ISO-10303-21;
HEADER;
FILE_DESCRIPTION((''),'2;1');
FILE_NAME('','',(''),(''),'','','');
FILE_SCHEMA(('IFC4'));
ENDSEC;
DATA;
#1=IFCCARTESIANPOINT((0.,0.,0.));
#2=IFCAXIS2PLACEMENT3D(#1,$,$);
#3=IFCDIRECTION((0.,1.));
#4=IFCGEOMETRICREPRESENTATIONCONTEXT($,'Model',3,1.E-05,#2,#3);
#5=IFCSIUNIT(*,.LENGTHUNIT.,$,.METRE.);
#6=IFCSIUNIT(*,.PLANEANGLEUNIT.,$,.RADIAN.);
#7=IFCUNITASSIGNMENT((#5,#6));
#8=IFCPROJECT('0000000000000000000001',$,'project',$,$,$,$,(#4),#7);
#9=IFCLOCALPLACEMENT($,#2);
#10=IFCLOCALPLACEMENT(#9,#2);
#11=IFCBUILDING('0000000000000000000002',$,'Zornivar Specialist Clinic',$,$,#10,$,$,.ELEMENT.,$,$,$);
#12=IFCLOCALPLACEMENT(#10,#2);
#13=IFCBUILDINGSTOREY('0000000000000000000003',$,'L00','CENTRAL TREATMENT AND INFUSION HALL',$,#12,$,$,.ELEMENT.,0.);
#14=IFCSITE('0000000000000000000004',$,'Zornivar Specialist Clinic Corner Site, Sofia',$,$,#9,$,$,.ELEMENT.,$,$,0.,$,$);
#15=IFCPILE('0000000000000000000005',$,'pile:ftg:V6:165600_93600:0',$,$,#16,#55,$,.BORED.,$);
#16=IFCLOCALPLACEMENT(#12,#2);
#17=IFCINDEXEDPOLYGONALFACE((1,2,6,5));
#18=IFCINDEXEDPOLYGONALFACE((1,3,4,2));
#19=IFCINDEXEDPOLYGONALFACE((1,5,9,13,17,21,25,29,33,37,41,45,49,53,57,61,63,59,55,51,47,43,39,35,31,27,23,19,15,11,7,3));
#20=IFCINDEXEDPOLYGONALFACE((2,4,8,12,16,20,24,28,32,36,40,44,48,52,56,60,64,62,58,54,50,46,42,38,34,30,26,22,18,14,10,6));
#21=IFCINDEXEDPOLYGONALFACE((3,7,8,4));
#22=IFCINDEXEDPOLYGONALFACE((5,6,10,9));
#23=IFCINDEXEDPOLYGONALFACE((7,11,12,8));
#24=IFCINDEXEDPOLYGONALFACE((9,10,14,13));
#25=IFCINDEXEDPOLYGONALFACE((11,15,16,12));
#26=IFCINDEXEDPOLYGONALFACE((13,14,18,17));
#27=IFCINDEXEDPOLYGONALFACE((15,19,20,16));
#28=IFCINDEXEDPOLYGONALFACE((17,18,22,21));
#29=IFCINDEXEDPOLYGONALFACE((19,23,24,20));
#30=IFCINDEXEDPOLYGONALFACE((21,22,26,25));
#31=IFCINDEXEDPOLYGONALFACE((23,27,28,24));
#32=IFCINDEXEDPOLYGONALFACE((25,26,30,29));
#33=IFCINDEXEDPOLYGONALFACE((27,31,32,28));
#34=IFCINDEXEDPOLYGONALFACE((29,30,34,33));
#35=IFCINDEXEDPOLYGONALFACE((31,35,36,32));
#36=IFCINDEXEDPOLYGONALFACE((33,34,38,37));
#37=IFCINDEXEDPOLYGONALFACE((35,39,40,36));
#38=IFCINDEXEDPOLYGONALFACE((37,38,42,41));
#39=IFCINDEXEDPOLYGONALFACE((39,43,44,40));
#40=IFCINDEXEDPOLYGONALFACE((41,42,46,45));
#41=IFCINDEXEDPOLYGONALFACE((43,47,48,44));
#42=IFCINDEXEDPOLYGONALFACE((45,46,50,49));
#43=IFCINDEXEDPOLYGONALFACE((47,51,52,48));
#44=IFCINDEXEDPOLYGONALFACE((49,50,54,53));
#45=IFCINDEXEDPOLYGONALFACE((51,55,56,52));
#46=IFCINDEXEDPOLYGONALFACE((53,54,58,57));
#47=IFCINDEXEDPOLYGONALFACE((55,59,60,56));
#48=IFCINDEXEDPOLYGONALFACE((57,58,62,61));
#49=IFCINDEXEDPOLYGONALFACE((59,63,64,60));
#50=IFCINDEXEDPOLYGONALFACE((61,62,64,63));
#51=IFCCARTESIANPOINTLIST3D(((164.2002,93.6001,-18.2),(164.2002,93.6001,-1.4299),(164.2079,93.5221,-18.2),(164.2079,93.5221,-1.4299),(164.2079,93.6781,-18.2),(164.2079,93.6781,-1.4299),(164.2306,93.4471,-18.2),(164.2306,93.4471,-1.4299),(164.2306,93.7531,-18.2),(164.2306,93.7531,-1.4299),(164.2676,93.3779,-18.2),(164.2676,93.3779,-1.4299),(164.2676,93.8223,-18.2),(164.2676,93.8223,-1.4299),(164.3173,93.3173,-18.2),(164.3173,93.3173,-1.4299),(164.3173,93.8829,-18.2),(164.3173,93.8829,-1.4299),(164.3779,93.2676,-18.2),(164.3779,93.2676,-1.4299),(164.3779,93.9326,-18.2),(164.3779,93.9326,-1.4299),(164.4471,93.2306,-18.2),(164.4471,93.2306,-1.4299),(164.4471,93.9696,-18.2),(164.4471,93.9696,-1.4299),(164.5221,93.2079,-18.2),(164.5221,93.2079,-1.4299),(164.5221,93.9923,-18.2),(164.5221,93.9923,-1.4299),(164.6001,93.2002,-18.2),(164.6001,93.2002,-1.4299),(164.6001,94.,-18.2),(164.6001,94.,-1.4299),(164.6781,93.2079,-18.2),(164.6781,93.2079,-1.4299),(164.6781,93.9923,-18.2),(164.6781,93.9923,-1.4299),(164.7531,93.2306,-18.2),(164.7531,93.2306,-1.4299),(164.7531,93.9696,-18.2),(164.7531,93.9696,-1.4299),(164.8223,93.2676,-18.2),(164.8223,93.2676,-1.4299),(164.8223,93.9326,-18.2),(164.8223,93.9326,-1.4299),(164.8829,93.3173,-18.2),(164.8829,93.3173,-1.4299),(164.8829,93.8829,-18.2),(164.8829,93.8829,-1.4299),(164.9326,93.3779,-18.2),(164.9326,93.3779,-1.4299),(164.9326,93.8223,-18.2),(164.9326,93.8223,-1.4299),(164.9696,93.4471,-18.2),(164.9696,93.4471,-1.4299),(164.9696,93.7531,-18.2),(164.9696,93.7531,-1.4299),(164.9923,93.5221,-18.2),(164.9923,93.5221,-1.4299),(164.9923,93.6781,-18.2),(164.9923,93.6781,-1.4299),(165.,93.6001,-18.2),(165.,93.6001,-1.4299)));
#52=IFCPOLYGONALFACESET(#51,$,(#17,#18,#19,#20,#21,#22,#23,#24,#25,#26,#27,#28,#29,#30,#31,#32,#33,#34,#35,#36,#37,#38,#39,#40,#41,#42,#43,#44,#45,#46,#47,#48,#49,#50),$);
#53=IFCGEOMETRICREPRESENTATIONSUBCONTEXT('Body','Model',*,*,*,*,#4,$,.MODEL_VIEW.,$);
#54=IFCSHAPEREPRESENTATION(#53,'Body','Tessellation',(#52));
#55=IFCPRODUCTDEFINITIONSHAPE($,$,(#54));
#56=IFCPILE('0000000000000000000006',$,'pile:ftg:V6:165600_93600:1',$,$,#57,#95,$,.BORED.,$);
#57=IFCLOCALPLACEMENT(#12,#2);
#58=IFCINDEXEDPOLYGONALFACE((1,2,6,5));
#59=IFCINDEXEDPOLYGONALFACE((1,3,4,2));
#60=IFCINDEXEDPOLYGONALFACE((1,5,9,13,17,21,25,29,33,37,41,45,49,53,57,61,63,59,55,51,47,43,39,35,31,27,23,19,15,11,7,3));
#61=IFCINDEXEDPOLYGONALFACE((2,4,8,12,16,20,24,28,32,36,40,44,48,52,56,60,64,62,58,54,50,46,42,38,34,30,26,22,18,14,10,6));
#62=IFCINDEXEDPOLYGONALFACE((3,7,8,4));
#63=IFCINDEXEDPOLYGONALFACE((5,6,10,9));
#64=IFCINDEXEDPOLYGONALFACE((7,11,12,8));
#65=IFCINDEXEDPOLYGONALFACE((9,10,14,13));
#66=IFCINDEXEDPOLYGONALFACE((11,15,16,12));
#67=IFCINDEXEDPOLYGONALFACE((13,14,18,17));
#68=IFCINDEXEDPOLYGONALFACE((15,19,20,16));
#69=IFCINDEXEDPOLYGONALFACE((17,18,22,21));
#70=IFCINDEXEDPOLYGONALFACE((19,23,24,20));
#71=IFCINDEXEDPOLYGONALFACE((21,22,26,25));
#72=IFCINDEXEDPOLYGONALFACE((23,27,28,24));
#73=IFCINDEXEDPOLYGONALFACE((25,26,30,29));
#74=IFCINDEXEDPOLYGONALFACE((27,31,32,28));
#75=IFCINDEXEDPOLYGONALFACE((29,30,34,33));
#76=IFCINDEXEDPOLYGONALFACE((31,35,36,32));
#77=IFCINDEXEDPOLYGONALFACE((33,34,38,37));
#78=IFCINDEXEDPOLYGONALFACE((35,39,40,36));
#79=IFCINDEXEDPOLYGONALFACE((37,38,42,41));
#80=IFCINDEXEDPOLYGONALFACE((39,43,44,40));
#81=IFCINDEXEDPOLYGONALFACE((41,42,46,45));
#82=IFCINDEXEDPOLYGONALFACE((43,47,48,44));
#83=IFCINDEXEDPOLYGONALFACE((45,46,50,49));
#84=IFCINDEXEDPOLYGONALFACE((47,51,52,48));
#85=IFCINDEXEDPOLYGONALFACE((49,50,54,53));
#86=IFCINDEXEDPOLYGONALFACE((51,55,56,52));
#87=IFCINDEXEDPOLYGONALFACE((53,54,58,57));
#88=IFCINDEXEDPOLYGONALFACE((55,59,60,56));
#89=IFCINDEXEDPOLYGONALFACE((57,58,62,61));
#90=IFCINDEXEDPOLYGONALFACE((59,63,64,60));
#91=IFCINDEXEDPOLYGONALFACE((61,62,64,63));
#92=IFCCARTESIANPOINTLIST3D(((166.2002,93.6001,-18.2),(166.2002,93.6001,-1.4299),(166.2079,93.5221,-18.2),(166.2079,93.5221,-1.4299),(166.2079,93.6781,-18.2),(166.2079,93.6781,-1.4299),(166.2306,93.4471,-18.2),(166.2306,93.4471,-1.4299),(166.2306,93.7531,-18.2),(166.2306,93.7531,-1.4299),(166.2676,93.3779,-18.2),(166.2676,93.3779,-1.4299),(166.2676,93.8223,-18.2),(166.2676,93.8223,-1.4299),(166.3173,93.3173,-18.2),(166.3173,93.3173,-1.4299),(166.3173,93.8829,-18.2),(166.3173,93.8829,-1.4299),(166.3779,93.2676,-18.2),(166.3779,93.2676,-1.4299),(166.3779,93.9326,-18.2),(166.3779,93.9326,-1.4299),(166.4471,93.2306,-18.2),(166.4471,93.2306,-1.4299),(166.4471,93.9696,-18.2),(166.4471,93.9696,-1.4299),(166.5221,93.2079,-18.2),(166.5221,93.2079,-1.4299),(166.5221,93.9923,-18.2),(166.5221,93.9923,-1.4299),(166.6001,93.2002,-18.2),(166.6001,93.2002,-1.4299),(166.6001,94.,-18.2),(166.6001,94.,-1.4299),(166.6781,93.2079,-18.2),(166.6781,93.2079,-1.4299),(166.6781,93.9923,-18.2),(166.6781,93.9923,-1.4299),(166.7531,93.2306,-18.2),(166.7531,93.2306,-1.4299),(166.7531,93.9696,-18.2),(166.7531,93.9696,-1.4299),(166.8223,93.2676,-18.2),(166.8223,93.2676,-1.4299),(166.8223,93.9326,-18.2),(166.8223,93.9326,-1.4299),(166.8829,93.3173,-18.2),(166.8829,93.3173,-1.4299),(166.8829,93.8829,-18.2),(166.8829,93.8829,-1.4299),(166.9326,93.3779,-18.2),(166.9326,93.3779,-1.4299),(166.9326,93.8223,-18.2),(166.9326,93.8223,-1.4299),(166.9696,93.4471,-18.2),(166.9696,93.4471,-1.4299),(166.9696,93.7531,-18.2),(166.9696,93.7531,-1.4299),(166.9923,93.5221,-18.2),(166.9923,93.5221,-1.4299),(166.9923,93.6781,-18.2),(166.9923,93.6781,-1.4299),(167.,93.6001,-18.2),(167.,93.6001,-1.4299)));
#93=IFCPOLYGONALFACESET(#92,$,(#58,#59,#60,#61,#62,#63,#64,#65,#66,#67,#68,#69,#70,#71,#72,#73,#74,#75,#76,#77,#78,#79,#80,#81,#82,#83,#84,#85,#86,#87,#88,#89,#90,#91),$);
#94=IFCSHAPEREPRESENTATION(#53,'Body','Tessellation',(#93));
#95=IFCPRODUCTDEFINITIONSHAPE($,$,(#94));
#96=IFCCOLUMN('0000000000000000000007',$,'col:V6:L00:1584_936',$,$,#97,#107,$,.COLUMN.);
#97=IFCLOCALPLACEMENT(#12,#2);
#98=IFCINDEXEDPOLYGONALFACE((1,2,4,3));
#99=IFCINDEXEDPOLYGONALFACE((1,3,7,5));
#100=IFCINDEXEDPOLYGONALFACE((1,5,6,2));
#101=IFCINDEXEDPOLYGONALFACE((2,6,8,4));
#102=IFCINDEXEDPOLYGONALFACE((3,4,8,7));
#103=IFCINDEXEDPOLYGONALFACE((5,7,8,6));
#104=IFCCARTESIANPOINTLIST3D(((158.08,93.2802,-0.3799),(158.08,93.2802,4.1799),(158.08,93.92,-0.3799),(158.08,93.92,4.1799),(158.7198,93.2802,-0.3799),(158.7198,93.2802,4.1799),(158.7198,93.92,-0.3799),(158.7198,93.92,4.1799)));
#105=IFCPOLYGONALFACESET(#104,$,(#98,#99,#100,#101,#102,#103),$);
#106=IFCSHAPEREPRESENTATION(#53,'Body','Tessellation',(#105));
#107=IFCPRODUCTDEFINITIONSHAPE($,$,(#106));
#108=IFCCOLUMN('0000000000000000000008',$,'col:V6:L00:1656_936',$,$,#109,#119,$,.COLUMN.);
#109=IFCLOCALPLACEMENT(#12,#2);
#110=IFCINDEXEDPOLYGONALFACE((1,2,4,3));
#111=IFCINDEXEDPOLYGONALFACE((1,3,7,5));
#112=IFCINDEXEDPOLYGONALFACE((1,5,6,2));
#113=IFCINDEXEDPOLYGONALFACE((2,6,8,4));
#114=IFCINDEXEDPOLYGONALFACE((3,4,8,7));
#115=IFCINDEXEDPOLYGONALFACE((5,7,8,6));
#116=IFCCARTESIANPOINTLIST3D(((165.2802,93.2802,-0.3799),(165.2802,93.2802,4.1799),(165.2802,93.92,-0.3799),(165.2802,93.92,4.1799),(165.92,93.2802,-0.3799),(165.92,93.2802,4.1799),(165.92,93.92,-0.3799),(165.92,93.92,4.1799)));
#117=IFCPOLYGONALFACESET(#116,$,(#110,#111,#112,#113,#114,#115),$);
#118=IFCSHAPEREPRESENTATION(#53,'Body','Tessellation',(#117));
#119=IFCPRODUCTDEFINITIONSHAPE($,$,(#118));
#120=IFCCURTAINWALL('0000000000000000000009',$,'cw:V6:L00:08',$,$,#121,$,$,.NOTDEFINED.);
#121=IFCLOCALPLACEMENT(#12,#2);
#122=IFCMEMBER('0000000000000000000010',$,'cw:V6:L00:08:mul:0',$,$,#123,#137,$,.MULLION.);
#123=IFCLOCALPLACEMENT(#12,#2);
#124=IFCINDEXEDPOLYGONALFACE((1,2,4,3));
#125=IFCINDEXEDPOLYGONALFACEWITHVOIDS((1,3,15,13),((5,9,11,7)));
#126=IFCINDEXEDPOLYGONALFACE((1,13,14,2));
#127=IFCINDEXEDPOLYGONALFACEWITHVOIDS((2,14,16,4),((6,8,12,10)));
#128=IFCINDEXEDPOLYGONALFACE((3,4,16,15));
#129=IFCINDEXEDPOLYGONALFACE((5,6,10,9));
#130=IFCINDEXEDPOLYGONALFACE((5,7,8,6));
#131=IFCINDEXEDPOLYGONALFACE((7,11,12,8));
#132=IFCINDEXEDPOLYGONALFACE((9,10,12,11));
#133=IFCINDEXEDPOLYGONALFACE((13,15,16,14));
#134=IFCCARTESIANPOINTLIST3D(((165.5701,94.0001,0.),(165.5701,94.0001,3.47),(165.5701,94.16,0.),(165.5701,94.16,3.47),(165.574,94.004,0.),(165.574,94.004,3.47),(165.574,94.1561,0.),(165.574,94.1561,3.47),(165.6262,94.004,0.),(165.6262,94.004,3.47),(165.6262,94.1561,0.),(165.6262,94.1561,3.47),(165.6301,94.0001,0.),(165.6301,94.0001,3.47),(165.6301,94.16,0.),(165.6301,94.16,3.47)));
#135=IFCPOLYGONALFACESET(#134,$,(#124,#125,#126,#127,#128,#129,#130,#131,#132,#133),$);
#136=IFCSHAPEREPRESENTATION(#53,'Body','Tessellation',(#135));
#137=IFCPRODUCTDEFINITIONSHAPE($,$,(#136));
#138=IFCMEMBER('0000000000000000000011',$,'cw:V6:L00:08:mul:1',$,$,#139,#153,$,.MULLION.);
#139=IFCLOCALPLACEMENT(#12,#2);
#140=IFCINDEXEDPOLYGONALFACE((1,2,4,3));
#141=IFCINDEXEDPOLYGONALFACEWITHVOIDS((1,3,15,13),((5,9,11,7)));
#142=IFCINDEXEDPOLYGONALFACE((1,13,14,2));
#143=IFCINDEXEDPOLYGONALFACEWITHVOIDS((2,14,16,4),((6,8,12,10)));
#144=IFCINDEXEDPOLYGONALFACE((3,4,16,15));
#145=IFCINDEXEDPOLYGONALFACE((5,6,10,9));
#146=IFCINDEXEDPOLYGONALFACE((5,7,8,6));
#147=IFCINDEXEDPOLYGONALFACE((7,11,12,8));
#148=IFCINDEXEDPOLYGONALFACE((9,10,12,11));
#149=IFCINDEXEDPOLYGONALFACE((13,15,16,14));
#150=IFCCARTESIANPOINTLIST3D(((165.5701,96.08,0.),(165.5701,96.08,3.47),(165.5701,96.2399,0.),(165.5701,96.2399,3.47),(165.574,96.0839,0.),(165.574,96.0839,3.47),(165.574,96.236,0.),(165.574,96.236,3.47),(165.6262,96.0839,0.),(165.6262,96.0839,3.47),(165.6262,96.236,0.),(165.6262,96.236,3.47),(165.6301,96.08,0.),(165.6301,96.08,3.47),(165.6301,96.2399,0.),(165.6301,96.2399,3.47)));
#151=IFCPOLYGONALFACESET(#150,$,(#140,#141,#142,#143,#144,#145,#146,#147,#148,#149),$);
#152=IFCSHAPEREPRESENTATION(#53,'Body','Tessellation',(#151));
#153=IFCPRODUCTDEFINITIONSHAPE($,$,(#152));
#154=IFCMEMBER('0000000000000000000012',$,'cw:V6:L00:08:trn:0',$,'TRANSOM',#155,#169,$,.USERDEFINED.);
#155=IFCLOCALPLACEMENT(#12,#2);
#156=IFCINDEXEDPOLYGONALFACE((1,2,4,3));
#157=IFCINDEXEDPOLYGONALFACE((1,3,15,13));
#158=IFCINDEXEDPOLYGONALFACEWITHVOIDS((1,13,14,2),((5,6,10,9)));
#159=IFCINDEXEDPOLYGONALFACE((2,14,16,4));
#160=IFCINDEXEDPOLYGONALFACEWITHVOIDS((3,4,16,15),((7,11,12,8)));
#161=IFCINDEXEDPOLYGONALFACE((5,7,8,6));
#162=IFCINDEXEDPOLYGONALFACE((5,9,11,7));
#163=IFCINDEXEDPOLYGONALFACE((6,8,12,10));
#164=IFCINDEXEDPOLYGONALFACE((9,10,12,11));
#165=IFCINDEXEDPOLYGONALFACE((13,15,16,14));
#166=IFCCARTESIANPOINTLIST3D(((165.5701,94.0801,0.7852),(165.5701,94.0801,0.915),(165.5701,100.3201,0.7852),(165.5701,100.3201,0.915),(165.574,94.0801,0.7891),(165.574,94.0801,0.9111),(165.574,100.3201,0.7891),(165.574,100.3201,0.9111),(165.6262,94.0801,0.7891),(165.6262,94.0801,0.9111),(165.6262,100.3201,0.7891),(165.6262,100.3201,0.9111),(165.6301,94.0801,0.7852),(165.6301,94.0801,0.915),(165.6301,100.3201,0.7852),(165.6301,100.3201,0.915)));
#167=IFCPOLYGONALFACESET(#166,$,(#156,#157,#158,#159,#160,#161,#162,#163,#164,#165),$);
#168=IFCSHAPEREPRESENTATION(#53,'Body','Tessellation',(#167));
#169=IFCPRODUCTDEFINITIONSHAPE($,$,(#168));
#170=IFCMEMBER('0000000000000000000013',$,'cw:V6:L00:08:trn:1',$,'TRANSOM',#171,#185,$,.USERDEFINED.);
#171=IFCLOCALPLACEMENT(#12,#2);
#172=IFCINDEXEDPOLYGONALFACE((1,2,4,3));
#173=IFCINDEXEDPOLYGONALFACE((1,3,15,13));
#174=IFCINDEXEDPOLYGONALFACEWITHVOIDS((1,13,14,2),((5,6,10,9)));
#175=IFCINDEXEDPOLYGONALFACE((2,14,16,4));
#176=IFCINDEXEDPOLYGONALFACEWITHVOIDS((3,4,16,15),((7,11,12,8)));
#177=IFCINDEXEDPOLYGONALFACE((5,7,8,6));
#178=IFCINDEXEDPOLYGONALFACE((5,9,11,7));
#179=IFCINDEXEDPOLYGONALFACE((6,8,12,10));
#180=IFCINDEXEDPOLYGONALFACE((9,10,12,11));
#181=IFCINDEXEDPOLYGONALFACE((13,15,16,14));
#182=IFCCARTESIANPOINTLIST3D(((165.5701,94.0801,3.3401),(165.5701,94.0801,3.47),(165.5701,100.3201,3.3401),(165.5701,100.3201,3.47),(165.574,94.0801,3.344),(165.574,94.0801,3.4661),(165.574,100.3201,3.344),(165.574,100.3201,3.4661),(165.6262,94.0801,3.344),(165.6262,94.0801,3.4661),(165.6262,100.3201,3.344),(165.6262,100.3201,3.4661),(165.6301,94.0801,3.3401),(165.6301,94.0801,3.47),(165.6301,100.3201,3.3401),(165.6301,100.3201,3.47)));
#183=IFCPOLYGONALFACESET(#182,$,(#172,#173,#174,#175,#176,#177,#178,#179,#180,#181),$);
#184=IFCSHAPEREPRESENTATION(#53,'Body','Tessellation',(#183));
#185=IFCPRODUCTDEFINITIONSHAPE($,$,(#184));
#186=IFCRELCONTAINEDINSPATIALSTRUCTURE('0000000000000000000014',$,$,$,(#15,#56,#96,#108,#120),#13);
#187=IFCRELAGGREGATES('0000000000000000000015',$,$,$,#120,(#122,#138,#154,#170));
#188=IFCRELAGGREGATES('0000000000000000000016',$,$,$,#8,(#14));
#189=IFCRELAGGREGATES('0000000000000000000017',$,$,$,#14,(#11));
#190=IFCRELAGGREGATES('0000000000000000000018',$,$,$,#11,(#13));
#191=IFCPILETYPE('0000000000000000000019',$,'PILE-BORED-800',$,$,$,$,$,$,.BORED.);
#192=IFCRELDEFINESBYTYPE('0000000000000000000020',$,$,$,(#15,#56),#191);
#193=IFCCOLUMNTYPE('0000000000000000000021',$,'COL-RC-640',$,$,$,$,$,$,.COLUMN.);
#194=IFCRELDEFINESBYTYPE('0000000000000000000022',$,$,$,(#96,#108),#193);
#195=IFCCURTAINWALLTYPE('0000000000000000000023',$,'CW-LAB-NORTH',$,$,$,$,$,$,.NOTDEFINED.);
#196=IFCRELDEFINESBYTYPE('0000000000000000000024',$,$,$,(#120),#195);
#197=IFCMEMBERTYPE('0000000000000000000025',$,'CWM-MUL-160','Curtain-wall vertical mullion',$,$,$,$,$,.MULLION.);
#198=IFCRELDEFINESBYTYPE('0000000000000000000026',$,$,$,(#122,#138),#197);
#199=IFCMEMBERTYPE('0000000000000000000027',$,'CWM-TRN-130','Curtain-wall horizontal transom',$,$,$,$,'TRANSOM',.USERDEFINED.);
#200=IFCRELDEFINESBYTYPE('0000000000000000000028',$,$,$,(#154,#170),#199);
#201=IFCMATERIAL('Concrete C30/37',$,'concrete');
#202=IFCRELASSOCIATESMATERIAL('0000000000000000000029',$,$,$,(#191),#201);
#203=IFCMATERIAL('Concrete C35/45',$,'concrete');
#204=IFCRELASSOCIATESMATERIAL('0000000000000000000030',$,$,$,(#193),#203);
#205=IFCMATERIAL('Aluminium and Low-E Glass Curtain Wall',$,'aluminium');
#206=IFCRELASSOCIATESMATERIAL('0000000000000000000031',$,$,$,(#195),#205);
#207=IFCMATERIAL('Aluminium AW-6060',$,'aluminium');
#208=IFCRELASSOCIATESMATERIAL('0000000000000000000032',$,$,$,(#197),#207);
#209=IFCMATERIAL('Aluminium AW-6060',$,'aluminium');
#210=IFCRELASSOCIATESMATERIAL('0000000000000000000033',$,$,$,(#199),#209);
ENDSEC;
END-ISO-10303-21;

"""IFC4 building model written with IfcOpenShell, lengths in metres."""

from ifc_helpers import new_model, si_unit, direction, frame, origin, origin_2d, place, context, subcontext, project, spatial, rectangle, hollow_rectangle, circle, extrude, material, material_profile, profile_set, type_object, element, aggregate, save


model = new_model("IFC4")

# Units and contexts
model_context = context("Model", 3, precision=1e-05, world=origin(), true_north=direction((0.0, 1.0)))
body_context = subcontext(model_context, "Body", "Model", "MODEL_VIEW")
ifc_project = project(units=[si_unit("LENGTHUNIT", "METRE"), si_unit("PLANEANGLEUNIT", "RADIAN")], contexts=[model_context])

# Site, building, storey
site_placement = place(None, origin())
site = spatial("IfcSite", under=ifc_project, at=site_placement, Name="Zornivar Specialist Clinic Corner Site, Sofia", CompositionType="ELEMENT", RefElevation=0.0)
building_placement = place(site_placement, origin())
building = spatial("IfcBuilding", under=site, at=building_placement, Name="Zornivar Specialist Clinic", CompositionType="ELEMENT")
storey_placement = place(building_placement, origin())
storey = spatial("IfcBuildingStorey", under=building, at=storey_placement, Name="L00", Description="CENTRAL TREATMENT AND INFUSION HALL", CompositionType="ELEMENT", Elevation=0.0)

# Piles
ifc_material_1 = material(Name="Concrete C30/37", Category="concrete")
ifc_material_profile_1 = material_profile(ifc_material_1, circle(Radius=0.3999, at=origin_2d()), Name="PILE D800")
ifc_profile_set_1 = profile_set([ifc_material_profile_1], Name="Concrete C30/37")
pile_type = type_object("IfcPileType", Name="PILE-BORED-800", PredefinedType="BORED", material=ifc_profile_set_1)
for number, where, z_axis, x_axis, name in (
    (1, (164.6001, 93.6001, -1.4299), (0.0, 0.0, -1.0), (1.0, 0.0, 0.0), "pile:ftg:V6:165600_93600:0"),
    (2, (166.6001, 93.6001, -1.4299), (0.0, 0.0, -1.0), (1.0, 0.0, 0.0), "pile:ftg:V6:165600_93600:1"),
):
    element("IfcPile", number, at=place(storey_placement, frame(where, z_axis=z_axis, x_axis=x_axis)), inside=storey, type_object=pile_type, Name=name, PredefinedType="BORED", context=body_context, shape_type="SweptSolid", body=[
        extrude(circle(Radius=0.3999, at=origin_2d()), origin(), (0.0, 0.0, 1.0), 16.77),
    ])

# Columns
ifc_material_2 = material(Name="Concrete C35/45", Category="concrete")
ifc_material_profile_2 = material_profile(ifc_material_2, rectangle(XDim=0.6399, YDim=0.6399, at=origin_2d()), Name="RC 640x640")
ifc_profile_set_2 = profile_set([ifc_material_profile_2], Name="Concrete C35/45")
column_type = type_object("IfcColumnType", Name="COL-RC-640", PredefinedType="COLUMN", material=ifc_profile_set_2)
for number, where, z_axis, x_axis, name in (
    (3, (158.3999, 93.6001, -0.3799), (0.0, 0.0, 1.0), (1.0, 0.0, 0.0), "col:V6:L00:1584_936"),
    (4, (165.6001, 93.6001, -0.3799), (0.0, 0.0, 1.0), (1.0, 0.0, 0.0), "col:V6:L00:1656_936"),
):
    element("IfcColumn", number, at=place(storey_placement, frame(where, z_axis=z_axis, x_axis=x_axis)), inside=storey, type_object=column_type, Name=name, PredefinedType="COLUMN", context=body_context, shape_type="SweptSolid", body=[
        extrude(rectangle(XDim=0.6399, YDim=0.6399, at=origin_2d()), origin(), (0.0, 0.0, 1.0), 4.5598),
    ])

# Curtain wall, members
ifc_material_3 = material(Name="Aluminium and Low-E Glass Curtain Wall", Category="aluminium")
curtain_wall_type = type_object("IfcCurtainWallType", Name="CW-LAB-NORTH", PredefinedType="NOTDEFINED", material=ifc_material_3)
curtain_wall_placement = place(storey_placement, origin())
curtain_wall = element("IfcCurtainWall", 5, at=curtain_wall_placement, inside=storey, type_object=curtain_wall_type, Name="cw:V6:L00:08", PredefinedType="NOTDEFINED")
ifc_material_4 = material(Name="Aluminium AW-6060", Category="aluminium")
ifc_material_profile_3 = material_profile(ifc_material_4, hollow_rectangle(XDim=0.0601, YDim=0.1599, WallThickness=0.0039, at=origin_2d()), Name="ALU 60x160x4")
ifc_profile_set_3 = profile_set([ifc_material_profile_3], Name="Aluminium AW-6060")
member_type_1 = type_object("IfcMemberType", Name="CWM-MUL-160", Description="Curtain-wall vertical mullion", PredefinedType="MULLION", material=ifc_profile_set_3)
member_1_placement = place(storey_placement, frame((165.6001, 94.0801, 0.0), z_axis=(0.0, 0.0, 1.0), x_axis=(1.0, 0.0, 0.0)))
member_1 = element("IfcMember", 6, at=member_1_placement, type_object=member_type_1, Name="cw:V6:L00:08:mul:0", PredefinedType="MULLION", context=body_context, shape_type="SweptSolid", body=[
    extrude(hollow_rectangle(XDim=0.0601, YDim=0.1599, WallThickness=0.0039, at=origin_2d()), origin(), (0.0, 0.0, 1.0), 3.47),
])
member_2_placement = place(storey_placement, frame((165.6001, 96.1599, 0.0), z_axis=(0.0, 0.0, 1.0), x_axis=(1.0, 0.0, 0.0)))
member_2 = element("IfcMember", 7, at=member_2_placement, type_object=member_type_1, Name="cw:V6:L00:08:mul:1", PredefinedType="MULLION", context=body_context, shape_type="SweptSolid", body=[
    extrude(hollow_rectangle(XDim=0.0601, YDim=0.1599, WallThickness=0.0039, at=origin_2d()), origin(), (0.0, 0.0, 1.0), 3.47),
])
ifc_material_5 = material(Name="Aluminium AW-6060", Category="aluminium")
ifc_material_profile_4 = material_profile(ifc_material_5, hollow_rectangle(XDim=0.0601, YDim=0.1299, WallThickness=0.0039, at=origin_2d()), Name="ALU 60x130x4")
ifc_profile_set_4 = profile_set([ifc_material_profile_4], Name="Aluminium AW-6060")
member_type_2 = type_object("IfcMemberType", Name="CWM-TRN-130", Description="Curtain-wall horizontal transom", ElementType="TRANSOM", PredefinedType="USERDEFINED", material=ifc_profile_set_4)
member_3_placement = place(storey_placement, frame((165.6001, 94.0801, 0.8501), z_axis=(0.0, 1.0, 0.0), x_axis=(-1.0, 0.0, 0.0)))
member_3 = element("IfcMember", 8, at=member_3_placement, type_object=member_type_2, Name="cw:V6:L00:08:trn:0", ObjectType="TRANSOM", PredefinedType="USERDEFINED", context=body_context, shape_type="SweptSolid", body=[
    extrude(hollow_rectangle(XDim=0.0601, YDim=0.1299, WallThickness=0.0039, at=origin_2d()), origin(), (0.0, 0.0, 1.0), 6.24),
])
member_4_placement = place(storey_placement, frame((165.6001, 94.0801, 3.405), z_axis=(0.0, 1.0, 0.0), x_axis=(-1.0, 0.0, 0.0)))
member_4 = element("IfcMember", 9, at=member_4_placement, type_object=member_type_2, Name="cw:V6:L00:08:trn:1", ObjectType="TRANSOM", PredefinedType="USERDEFINED", context=body_context, shape_type="SweptSolid", body=[
    extrude(hollow_rectangle(XDim=0.0601, YDim=0.1299, WallThickness=0.0039, at=origin_2d()), origin(), (0.0, 0.0, 1.0), 6.24),
])
aggregate(curtain_wall, [member_1, member_2, member_3, member_4])

save(model, "model.ifc")
